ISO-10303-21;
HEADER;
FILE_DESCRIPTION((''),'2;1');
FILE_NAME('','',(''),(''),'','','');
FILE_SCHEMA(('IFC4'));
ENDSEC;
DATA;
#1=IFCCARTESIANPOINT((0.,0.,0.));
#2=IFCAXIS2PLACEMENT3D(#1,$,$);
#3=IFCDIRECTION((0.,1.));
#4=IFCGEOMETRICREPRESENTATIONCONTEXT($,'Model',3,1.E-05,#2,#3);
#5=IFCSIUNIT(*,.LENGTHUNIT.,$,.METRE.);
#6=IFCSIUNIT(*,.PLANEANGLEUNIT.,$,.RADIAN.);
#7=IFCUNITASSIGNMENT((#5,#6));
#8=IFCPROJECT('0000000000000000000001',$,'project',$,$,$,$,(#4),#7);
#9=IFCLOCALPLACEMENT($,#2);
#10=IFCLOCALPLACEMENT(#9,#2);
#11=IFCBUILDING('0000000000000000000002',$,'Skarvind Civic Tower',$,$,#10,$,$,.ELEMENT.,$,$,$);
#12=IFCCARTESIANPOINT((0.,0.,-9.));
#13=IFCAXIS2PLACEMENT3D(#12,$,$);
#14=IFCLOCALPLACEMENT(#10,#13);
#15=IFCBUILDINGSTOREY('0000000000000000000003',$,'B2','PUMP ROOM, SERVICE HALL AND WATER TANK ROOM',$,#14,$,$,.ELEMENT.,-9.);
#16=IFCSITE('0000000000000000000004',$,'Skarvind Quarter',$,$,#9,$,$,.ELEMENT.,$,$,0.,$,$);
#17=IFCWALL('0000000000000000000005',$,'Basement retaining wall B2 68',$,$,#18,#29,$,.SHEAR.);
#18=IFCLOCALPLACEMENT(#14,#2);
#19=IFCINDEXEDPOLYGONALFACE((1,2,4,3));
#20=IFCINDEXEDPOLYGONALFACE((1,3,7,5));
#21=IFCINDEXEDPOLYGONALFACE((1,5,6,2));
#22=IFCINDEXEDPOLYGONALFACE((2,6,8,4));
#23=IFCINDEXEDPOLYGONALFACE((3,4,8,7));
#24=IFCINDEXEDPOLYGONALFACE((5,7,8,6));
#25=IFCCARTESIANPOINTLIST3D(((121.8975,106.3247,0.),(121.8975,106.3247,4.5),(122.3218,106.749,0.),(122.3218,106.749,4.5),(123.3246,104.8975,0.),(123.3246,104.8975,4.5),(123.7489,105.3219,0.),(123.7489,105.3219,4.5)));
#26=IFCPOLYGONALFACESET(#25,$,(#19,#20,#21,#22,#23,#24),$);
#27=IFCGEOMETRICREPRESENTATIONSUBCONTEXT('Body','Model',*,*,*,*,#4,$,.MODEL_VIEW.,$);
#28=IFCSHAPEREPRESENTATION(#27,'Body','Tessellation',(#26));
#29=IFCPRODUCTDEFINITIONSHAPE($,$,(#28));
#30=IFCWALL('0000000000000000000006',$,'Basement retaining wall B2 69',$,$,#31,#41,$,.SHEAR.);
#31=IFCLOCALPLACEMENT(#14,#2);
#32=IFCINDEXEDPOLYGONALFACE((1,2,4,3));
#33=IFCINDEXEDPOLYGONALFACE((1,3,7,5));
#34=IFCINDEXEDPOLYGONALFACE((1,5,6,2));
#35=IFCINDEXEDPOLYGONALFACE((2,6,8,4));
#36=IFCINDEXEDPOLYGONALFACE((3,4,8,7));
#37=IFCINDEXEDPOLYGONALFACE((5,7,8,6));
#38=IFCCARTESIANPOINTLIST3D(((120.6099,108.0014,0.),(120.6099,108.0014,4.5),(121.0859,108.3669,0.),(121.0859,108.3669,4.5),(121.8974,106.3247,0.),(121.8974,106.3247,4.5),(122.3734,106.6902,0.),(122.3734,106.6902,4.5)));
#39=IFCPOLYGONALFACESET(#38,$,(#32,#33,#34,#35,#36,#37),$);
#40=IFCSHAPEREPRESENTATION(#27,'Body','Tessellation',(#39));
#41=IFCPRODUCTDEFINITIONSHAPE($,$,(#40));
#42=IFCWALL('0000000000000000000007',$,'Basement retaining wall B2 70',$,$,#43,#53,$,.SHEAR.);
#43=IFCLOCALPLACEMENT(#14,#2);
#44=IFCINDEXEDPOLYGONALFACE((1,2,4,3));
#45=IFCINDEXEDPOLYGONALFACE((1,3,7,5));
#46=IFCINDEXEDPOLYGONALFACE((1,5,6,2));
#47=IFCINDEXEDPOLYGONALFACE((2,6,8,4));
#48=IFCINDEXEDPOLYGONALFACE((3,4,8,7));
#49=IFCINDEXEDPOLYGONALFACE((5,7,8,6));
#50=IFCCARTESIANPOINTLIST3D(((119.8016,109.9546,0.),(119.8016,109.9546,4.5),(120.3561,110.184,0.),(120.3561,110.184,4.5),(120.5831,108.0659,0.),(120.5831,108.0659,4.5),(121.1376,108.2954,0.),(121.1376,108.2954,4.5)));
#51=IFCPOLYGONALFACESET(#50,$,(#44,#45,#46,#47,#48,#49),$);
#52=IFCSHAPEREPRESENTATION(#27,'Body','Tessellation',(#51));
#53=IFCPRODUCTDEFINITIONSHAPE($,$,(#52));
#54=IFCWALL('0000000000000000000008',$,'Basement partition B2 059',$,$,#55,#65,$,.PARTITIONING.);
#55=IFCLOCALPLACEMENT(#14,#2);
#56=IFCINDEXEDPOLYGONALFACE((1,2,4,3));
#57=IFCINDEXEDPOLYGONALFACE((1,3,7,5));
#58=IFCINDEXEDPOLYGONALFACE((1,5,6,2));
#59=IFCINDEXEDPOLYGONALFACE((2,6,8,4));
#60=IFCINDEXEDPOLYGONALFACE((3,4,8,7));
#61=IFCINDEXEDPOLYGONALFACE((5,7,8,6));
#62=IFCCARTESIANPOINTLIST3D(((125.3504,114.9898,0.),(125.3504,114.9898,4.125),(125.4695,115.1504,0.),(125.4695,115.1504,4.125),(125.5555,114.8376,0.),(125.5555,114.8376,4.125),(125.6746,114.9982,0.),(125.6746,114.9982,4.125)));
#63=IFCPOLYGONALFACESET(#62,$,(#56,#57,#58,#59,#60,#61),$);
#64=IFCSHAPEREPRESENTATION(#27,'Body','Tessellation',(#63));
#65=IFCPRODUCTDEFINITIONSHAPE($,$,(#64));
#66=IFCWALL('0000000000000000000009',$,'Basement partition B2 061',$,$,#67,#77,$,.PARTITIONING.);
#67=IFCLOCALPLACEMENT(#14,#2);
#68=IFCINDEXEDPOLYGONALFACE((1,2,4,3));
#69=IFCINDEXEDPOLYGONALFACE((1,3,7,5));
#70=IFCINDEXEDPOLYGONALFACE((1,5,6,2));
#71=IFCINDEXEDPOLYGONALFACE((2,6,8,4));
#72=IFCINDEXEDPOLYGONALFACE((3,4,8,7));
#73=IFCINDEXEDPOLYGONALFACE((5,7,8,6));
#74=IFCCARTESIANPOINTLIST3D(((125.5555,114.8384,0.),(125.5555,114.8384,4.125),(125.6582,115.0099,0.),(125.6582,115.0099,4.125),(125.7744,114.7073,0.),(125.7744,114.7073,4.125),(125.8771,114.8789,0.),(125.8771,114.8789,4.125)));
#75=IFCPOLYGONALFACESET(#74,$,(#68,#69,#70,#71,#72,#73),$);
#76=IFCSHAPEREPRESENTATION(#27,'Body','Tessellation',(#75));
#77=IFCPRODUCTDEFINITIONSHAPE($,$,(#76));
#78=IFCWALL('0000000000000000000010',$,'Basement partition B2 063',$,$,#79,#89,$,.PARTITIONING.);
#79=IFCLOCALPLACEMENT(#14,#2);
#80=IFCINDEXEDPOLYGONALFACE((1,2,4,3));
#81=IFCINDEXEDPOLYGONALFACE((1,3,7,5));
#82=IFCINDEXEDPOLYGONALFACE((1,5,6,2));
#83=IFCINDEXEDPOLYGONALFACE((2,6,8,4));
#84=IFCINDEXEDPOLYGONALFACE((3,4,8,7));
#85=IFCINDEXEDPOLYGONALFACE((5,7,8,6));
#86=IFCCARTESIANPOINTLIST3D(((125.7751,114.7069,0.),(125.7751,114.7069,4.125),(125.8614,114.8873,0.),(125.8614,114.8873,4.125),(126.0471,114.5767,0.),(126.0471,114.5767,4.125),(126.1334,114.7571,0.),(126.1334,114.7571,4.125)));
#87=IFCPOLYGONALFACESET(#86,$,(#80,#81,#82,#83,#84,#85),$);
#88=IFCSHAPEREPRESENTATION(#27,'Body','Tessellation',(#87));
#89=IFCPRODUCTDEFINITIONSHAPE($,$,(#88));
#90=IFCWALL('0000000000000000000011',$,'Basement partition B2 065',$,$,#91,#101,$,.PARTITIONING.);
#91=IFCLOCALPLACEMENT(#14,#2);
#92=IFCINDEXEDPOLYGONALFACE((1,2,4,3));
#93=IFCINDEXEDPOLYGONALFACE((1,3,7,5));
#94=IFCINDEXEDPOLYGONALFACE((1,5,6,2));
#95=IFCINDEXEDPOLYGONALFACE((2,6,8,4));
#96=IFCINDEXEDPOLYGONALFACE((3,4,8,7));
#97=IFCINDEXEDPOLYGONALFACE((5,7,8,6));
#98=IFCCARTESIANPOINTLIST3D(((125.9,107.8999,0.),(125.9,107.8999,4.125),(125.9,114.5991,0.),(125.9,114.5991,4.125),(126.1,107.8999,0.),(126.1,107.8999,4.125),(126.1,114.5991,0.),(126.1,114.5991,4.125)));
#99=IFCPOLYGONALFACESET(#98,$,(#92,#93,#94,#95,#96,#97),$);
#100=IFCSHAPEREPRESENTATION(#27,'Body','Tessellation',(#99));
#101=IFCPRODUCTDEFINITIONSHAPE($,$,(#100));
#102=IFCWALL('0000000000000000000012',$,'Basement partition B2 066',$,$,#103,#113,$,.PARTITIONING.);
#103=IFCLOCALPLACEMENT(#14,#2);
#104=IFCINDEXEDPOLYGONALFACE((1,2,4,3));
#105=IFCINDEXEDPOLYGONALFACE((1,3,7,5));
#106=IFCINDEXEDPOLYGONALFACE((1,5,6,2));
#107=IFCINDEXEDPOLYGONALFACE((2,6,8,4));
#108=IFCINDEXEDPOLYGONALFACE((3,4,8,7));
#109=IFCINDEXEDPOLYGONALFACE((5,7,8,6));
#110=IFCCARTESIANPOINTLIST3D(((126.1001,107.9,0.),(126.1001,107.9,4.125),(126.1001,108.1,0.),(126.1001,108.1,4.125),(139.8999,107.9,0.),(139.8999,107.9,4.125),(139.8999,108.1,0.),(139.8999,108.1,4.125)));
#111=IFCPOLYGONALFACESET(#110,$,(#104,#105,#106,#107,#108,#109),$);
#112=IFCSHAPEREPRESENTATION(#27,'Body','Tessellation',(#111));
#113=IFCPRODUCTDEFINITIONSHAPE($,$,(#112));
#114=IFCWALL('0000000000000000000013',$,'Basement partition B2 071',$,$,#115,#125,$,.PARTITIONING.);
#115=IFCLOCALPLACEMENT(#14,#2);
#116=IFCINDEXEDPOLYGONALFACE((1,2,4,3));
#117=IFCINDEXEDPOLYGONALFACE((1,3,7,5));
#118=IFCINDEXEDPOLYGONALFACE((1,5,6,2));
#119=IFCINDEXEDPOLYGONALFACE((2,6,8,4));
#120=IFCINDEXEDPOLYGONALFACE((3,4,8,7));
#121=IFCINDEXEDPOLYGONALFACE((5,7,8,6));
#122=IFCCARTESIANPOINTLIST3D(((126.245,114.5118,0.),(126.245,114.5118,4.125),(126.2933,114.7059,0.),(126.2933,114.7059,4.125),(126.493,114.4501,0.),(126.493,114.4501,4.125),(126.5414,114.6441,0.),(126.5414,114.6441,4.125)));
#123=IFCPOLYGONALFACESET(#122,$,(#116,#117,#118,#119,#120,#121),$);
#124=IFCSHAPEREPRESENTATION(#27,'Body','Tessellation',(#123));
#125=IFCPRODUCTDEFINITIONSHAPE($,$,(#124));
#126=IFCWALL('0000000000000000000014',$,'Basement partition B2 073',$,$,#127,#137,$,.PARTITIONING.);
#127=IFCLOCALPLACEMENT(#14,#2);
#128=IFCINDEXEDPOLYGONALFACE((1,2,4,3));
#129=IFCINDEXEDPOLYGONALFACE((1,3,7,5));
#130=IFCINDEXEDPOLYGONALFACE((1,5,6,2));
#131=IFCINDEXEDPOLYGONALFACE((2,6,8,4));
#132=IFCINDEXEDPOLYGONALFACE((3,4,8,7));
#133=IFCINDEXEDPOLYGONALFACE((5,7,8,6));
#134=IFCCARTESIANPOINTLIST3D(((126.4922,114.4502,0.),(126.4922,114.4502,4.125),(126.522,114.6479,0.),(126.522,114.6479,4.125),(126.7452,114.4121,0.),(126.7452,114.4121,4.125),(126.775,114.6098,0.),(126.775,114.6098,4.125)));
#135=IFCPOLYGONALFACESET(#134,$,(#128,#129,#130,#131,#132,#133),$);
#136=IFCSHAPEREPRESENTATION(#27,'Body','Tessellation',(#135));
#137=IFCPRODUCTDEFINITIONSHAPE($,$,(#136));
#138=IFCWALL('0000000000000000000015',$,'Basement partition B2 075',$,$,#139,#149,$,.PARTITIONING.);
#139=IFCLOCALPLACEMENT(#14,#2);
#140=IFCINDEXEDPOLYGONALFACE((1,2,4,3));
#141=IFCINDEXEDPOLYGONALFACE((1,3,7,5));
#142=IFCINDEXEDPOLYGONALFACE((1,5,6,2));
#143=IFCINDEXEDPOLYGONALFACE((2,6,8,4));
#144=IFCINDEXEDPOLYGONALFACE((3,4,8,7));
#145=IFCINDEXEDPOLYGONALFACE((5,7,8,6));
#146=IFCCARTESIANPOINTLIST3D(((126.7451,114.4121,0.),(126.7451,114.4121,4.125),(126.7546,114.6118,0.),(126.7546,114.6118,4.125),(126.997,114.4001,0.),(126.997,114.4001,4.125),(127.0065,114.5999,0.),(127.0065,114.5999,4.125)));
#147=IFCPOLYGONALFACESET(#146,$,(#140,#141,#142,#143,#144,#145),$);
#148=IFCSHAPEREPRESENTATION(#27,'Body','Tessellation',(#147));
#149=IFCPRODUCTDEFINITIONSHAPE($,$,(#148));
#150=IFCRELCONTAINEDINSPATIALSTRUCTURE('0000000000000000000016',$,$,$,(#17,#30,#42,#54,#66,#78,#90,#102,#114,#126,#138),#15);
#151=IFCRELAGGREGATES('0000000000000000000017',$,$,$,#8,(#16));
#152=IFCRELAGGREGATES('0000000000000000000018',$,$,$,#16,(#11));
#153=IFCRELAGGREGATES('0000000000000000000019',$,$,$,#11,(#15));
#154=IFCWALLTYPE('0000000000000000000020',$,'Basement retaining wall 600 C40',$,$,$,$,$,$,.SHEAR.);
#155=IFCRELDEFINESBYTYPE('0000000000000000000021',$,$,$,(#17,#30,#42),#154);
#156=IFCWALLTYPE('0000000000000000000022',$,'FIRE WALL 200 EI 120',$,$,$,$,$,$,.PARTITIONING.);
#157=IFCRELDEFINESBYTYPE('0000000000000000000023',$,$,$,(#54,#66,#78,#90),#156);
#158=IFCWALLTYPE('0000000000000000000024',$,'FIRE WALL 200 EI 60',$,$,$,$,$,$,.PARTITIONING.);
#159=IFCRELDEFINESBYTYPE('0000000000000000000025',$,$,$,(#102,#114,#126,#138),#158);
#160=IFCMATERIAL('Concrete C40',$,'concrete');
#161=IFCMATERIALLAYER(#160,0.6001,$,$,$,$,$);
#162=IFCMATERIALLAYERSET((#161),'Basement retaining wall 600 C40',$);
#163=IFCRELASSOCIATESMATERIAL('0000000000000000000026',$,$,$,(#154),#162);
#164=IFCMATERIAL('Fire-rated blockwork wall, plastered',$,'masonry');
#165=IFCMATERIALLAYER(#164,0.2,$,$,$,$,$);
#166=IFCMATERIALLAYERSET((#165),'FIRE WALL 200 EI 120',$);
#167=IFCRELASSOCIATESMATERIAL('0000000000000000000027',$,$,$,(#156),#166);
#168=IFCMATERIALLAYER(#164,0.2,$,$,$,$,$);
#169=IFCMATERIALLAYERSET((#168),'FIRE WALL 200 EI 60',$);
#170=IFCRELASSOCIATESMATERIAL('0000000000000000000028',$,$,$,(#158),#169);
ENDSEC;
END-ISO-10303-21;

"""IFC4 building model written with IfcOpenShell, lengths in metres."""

from ifc_helpers import new_model, si_unit, direction, frame, frame_2d, origin, place, context, subcontext, project, spatial, rectangle, extrude, material, layer, layer_set, type_object, element, save


model = new_model("IFC4")

# Units and contexts
model_context = context("Model", 3, precision=1e-05, world=origin(), true_north=direction((0.0, 1.0)))
body_context = subcontext(model_context, "Body", "Model", "MODEL_VIEW")
ifc_project = project(units=[si_unit("LENGTHUNIT", "METRE"), si_unit("PLANEANGLEUNIT", "RADIAN")], contexts=[model_context])

# Site, building, storey
site_placement = place(None, origin())
site = spatial("IfcSite", under=ifc_project, at=site_placement, Name="Skarvind Quarter", CompositionType="ELEMENT", RefElevation=0.0)
building_placement = place(site_placement, origin())
building = spatial("IfcBuilding", under=site, at=building_placement, Name="Skarvind Civic Tower", CompositionType="ELEMENT")
storey_placement = place(building_placement, frame((0.0, 0.0, -9.0)))
storey = spatial("IfcBuildingStorey", under=building, at=storey_placement, Name="B2", Description="PUMP ROOM, SERVICE HALL AND WATER TANK ROOM", CompositionType="ELEMENT", Elevation=-9.0)

# Shared definitions
ifc_material_1 = material(Name="Concrete C40", Category="concrete")

# Walls
ifc_layer_1 = layer(ifc_material_1, 0.6001)
ifc_layer_set_1 = layer_set([ifc_layer_1], Name="Basement retaining wall 600 C40")
wall_type_1 = type_object("IfcWallType", Name="Basement retaining wall 600 C40", PredefinedType="SHEAR", material=ifc_layer_set_1)
wall_1_placement = place(storey_placement, frame((123.5369, 105.1096, 0.0), z_axis=(0.0, 0.0, 1.0), x_axis=(-0.707107, 0.707107, 0.0)))
element("IfcWall", 1, at=wall_1_placement, inside=storey, type_object=wall_type_1, Name="Basement retaining wall B2 68", PredefinedType="SHEAR", context=body_context, shape_type="SweptSolid", body=[
    extrude(rectangle(XDim=2.0183, YDim=0.6001, at=frame_2d((1.0093, 0.0))), origin(), (0.0, 0.0, 1.0), 4.5),
])
wall_2_placement = place(storey_placement, frame((122.1355, 106.5073, 0.0), z_axis=(0.0, 0.0, 1.0), x_axis=(-0.609052, 0.79313, 0.0)))
element("IfcWall", 2, at=wall_2_placement, inside=storey, type_object=wall_type_1, Name="Basement retaining wall B2 69", PredefinedType="SHEAR", context=body_context, shape_type="SweptSolid", body=[
    extrude(rectangle(XDim=2.114, YDim=0.6001, at=frame_2d((1.0571, 0.0))), origin(), (0.0, 0.0, 1.0), 4.5),
])
wall_3_placement = place(storey_placement, frame((120.8604, 108.1807, 0.0), z_axis=(0.0, 0.0, 1.0), x_axis=(-0.382341, 0.924021, 0.0)))
element("IfcWall", 3, at=wall_3_placement, inside=storey, type_object=wall_type_1, Name="Basement retaining wall B2 70", PredefinedType="SHEAR", context=body_context, shape_type="SweptSolid", body=[
    extrude(rectangle(XDim=2.0439, YDim=0.6001, at=frame_2d((1.022, 0.0))), origin(), (0.0, 0.0, 1.0), 4.5),
])
ifc_material_2 = material(Name="Fire-rated blockwork wall, plastered", Category="masonry")
ifc_layer_2 = layer(ifc_material_2, 0.2)
ifc_layer_set_2 = layer_set([ifc_layer_2], Name="FIRE WALL 200 EI 120")
wall_type_2 = type_object("IfcWallType", Name="FIRE WALL 200 EI 120", PredefinedType="PARTITIONING", material=ifc_layer_set_2)
wall_4_placement = place(storey_placement, frame((125.4099, 115.0701, 0.0), z_axis=(0.0, 0.0, 1.0), x_axis=(0.803201, -0.595708, 0.0)))
element("IfcWall", 4, at=wall_4_placement, inside=storey, type_object=wall_type_2, Name="Basement partition B2 059", PredefinedType="PARTITIONING", context=body_context, shape_type="SweptSolid", body=[
    extrude(rectangle(XDim=0.2554, YDim=0.2, at=frame_2d((0.1277, 0.0))), origin(), (0.0, 0.0, 1.0), 4.125),
])
wall_5_placement = place(storey_placement, frame((125.6069, 114.9241, 0.0), z_axis=(0.0, 0.0, 1.0), x_axis=(0.857999, -0.513652, 0.0)))
element("IfcWall", 5, at=wall_5_placement, inside=storey, type_object=wall_type_2, Name="Basement partition B2 061", PredefinedType="PARTITIONING", context=body_context, shape_type="SweptSolid", body=[
    extrude(rectangle(XDim=0.2551, YDim=0.2, at=frame_2d((0.1274, 0.0))), origin(), (0.0, 0.0, 1.0), 4.125),
])
wall_6_placement = place(storey_placement, frame((125.8181, 114.7971, 0.0), z_axis=(0.0, 0.0, 1.0), x_axis=(0.902066, -0.431599, 0.0)))
element("IfcWall", 6, at=wall_6_placement, inside=storey, type_object=wall_type_2, Name="Basement partition B2 063", PredefinedType="PARTITIONING", context=body_context, shape_type="SweptSolid", body=[
    extrude(rectangle(XDim=0.3015, YDim=0.2, at=frame_2d((0.1509, 0.0))), origin(), (0.0, 0.0, 1.0), 4.125),
])
wall_7_placement = place(storey_placement, frame((126.0, 107.8999, 0.0), z_axis=(0.0, 0.0, 1.0), x_axis=(0.0, 1.0, 0.0)))
element("IfcWall", 7, at=wall_7_placement, inside=storey, type_object=wall_type_2, Name="Basement partition B2 065", PredefinedType="PARTITIONING", context=body_context, shape_type="SweptSolid", body=[
    extrude(rectangle(XDim=6.6992, YDim=0.2, at=frame_2d((3.3496, 0.0))), origin(), (0.0, 0.0, 1.0), 4.125),
])
ifc_layer_3 = layer(ifc_material_2, 0.2)
ifc_layer_set_3 = layer_set([ifc_layer_3], Name="FIRE WALL 200 EI 60")
wall_type_3 = type_object("IfcWallType", Name="FIRE WALL 200 EI 60", PredefinedType="PARTITIONING", material=ifc_layer_set_3)
wall_8_placement = place(storey_placement, frame((126.1001, 108.0, 0.0), z_axis=(0.0, 0.0, 1.0), x_axis=(1.0, 0.0, 0.0)))
element("IfcWall", 8, at=wall_8_placement, inside=storey, type_object=wall_type_3, Name="Basement partition B2 066", PredefinedType="PARTITIONING", context=body_context, shape_type="SweptSolid", body=[
    extrude(rectangle(XDim=13.7998, YDim=0.2, at=frame_2d((6.8999, 0.0))), origin(), (0.0, 0.0, 1.0), 4.125),
])
wall_9_placement = place(storey_placement, frame((126.269, 114.6089, 0.0), z_axis=(0.0, 0.0, 1.0), x_axis=(0.970367, -0.241637, 0.0)))
element("IfcWall", 9, at=wall_9_placement, inside=storey, type_object=wall_type_3, Name="Basement partition B2 071", PredefinedType="PARTITIONING", context=body_context, shape_type="SweptSolid", body=[
    extrude(rectangle(XDim=0.2556, YDim=0.2, at=frame_2d((0.1279, 0.0))), origin(), (0.0, 0.0, 1.0), 4.125),
])
wall_10_placement = place(storey_placement, frame((126.5071, 114.5491, 0.0), z_axis=(0.0, 0.0, 1.0), x_axis=(0.988852, -0.148901, 0.0)))
element("IfcWall", 10, at=wall_10_placement, inside=storey, type_object=wall_type_3, Name="Basement partition B2 073", PredefinedType="PARTITIONING", context=body_context, shape_type="SweptSolid", body=[
    extrude(rectangle(XDim=0.2559, YDim=0.2, at=frame_2d((0.1279, 0.0))), origin(), (0.0, 0.0, 1.0), 4.125),
])
wall_11_placement = place(storey_placement, frame((126.75, 114.512, 0.0), z_axis=(0.0, 0.0, 1.0), x_axis=(0.998875, -0.047427, 0.0)))
element("IfcWall", 11, at=wall_11_placement, inside=storey, type_object=wall_type_3, Name="Basement partition B2 075", PredefinedType="PARTITIONING", context=body_context, shape_type="SweptSolid", body=[
    extrude(rectangle(XDim=0.2522, YDim=0.2, at=frame_2d((0.126, 0.0))), origin(), (0.0, 0.0, 1.0), 4.125),
])

save(model, "model.ifc")
